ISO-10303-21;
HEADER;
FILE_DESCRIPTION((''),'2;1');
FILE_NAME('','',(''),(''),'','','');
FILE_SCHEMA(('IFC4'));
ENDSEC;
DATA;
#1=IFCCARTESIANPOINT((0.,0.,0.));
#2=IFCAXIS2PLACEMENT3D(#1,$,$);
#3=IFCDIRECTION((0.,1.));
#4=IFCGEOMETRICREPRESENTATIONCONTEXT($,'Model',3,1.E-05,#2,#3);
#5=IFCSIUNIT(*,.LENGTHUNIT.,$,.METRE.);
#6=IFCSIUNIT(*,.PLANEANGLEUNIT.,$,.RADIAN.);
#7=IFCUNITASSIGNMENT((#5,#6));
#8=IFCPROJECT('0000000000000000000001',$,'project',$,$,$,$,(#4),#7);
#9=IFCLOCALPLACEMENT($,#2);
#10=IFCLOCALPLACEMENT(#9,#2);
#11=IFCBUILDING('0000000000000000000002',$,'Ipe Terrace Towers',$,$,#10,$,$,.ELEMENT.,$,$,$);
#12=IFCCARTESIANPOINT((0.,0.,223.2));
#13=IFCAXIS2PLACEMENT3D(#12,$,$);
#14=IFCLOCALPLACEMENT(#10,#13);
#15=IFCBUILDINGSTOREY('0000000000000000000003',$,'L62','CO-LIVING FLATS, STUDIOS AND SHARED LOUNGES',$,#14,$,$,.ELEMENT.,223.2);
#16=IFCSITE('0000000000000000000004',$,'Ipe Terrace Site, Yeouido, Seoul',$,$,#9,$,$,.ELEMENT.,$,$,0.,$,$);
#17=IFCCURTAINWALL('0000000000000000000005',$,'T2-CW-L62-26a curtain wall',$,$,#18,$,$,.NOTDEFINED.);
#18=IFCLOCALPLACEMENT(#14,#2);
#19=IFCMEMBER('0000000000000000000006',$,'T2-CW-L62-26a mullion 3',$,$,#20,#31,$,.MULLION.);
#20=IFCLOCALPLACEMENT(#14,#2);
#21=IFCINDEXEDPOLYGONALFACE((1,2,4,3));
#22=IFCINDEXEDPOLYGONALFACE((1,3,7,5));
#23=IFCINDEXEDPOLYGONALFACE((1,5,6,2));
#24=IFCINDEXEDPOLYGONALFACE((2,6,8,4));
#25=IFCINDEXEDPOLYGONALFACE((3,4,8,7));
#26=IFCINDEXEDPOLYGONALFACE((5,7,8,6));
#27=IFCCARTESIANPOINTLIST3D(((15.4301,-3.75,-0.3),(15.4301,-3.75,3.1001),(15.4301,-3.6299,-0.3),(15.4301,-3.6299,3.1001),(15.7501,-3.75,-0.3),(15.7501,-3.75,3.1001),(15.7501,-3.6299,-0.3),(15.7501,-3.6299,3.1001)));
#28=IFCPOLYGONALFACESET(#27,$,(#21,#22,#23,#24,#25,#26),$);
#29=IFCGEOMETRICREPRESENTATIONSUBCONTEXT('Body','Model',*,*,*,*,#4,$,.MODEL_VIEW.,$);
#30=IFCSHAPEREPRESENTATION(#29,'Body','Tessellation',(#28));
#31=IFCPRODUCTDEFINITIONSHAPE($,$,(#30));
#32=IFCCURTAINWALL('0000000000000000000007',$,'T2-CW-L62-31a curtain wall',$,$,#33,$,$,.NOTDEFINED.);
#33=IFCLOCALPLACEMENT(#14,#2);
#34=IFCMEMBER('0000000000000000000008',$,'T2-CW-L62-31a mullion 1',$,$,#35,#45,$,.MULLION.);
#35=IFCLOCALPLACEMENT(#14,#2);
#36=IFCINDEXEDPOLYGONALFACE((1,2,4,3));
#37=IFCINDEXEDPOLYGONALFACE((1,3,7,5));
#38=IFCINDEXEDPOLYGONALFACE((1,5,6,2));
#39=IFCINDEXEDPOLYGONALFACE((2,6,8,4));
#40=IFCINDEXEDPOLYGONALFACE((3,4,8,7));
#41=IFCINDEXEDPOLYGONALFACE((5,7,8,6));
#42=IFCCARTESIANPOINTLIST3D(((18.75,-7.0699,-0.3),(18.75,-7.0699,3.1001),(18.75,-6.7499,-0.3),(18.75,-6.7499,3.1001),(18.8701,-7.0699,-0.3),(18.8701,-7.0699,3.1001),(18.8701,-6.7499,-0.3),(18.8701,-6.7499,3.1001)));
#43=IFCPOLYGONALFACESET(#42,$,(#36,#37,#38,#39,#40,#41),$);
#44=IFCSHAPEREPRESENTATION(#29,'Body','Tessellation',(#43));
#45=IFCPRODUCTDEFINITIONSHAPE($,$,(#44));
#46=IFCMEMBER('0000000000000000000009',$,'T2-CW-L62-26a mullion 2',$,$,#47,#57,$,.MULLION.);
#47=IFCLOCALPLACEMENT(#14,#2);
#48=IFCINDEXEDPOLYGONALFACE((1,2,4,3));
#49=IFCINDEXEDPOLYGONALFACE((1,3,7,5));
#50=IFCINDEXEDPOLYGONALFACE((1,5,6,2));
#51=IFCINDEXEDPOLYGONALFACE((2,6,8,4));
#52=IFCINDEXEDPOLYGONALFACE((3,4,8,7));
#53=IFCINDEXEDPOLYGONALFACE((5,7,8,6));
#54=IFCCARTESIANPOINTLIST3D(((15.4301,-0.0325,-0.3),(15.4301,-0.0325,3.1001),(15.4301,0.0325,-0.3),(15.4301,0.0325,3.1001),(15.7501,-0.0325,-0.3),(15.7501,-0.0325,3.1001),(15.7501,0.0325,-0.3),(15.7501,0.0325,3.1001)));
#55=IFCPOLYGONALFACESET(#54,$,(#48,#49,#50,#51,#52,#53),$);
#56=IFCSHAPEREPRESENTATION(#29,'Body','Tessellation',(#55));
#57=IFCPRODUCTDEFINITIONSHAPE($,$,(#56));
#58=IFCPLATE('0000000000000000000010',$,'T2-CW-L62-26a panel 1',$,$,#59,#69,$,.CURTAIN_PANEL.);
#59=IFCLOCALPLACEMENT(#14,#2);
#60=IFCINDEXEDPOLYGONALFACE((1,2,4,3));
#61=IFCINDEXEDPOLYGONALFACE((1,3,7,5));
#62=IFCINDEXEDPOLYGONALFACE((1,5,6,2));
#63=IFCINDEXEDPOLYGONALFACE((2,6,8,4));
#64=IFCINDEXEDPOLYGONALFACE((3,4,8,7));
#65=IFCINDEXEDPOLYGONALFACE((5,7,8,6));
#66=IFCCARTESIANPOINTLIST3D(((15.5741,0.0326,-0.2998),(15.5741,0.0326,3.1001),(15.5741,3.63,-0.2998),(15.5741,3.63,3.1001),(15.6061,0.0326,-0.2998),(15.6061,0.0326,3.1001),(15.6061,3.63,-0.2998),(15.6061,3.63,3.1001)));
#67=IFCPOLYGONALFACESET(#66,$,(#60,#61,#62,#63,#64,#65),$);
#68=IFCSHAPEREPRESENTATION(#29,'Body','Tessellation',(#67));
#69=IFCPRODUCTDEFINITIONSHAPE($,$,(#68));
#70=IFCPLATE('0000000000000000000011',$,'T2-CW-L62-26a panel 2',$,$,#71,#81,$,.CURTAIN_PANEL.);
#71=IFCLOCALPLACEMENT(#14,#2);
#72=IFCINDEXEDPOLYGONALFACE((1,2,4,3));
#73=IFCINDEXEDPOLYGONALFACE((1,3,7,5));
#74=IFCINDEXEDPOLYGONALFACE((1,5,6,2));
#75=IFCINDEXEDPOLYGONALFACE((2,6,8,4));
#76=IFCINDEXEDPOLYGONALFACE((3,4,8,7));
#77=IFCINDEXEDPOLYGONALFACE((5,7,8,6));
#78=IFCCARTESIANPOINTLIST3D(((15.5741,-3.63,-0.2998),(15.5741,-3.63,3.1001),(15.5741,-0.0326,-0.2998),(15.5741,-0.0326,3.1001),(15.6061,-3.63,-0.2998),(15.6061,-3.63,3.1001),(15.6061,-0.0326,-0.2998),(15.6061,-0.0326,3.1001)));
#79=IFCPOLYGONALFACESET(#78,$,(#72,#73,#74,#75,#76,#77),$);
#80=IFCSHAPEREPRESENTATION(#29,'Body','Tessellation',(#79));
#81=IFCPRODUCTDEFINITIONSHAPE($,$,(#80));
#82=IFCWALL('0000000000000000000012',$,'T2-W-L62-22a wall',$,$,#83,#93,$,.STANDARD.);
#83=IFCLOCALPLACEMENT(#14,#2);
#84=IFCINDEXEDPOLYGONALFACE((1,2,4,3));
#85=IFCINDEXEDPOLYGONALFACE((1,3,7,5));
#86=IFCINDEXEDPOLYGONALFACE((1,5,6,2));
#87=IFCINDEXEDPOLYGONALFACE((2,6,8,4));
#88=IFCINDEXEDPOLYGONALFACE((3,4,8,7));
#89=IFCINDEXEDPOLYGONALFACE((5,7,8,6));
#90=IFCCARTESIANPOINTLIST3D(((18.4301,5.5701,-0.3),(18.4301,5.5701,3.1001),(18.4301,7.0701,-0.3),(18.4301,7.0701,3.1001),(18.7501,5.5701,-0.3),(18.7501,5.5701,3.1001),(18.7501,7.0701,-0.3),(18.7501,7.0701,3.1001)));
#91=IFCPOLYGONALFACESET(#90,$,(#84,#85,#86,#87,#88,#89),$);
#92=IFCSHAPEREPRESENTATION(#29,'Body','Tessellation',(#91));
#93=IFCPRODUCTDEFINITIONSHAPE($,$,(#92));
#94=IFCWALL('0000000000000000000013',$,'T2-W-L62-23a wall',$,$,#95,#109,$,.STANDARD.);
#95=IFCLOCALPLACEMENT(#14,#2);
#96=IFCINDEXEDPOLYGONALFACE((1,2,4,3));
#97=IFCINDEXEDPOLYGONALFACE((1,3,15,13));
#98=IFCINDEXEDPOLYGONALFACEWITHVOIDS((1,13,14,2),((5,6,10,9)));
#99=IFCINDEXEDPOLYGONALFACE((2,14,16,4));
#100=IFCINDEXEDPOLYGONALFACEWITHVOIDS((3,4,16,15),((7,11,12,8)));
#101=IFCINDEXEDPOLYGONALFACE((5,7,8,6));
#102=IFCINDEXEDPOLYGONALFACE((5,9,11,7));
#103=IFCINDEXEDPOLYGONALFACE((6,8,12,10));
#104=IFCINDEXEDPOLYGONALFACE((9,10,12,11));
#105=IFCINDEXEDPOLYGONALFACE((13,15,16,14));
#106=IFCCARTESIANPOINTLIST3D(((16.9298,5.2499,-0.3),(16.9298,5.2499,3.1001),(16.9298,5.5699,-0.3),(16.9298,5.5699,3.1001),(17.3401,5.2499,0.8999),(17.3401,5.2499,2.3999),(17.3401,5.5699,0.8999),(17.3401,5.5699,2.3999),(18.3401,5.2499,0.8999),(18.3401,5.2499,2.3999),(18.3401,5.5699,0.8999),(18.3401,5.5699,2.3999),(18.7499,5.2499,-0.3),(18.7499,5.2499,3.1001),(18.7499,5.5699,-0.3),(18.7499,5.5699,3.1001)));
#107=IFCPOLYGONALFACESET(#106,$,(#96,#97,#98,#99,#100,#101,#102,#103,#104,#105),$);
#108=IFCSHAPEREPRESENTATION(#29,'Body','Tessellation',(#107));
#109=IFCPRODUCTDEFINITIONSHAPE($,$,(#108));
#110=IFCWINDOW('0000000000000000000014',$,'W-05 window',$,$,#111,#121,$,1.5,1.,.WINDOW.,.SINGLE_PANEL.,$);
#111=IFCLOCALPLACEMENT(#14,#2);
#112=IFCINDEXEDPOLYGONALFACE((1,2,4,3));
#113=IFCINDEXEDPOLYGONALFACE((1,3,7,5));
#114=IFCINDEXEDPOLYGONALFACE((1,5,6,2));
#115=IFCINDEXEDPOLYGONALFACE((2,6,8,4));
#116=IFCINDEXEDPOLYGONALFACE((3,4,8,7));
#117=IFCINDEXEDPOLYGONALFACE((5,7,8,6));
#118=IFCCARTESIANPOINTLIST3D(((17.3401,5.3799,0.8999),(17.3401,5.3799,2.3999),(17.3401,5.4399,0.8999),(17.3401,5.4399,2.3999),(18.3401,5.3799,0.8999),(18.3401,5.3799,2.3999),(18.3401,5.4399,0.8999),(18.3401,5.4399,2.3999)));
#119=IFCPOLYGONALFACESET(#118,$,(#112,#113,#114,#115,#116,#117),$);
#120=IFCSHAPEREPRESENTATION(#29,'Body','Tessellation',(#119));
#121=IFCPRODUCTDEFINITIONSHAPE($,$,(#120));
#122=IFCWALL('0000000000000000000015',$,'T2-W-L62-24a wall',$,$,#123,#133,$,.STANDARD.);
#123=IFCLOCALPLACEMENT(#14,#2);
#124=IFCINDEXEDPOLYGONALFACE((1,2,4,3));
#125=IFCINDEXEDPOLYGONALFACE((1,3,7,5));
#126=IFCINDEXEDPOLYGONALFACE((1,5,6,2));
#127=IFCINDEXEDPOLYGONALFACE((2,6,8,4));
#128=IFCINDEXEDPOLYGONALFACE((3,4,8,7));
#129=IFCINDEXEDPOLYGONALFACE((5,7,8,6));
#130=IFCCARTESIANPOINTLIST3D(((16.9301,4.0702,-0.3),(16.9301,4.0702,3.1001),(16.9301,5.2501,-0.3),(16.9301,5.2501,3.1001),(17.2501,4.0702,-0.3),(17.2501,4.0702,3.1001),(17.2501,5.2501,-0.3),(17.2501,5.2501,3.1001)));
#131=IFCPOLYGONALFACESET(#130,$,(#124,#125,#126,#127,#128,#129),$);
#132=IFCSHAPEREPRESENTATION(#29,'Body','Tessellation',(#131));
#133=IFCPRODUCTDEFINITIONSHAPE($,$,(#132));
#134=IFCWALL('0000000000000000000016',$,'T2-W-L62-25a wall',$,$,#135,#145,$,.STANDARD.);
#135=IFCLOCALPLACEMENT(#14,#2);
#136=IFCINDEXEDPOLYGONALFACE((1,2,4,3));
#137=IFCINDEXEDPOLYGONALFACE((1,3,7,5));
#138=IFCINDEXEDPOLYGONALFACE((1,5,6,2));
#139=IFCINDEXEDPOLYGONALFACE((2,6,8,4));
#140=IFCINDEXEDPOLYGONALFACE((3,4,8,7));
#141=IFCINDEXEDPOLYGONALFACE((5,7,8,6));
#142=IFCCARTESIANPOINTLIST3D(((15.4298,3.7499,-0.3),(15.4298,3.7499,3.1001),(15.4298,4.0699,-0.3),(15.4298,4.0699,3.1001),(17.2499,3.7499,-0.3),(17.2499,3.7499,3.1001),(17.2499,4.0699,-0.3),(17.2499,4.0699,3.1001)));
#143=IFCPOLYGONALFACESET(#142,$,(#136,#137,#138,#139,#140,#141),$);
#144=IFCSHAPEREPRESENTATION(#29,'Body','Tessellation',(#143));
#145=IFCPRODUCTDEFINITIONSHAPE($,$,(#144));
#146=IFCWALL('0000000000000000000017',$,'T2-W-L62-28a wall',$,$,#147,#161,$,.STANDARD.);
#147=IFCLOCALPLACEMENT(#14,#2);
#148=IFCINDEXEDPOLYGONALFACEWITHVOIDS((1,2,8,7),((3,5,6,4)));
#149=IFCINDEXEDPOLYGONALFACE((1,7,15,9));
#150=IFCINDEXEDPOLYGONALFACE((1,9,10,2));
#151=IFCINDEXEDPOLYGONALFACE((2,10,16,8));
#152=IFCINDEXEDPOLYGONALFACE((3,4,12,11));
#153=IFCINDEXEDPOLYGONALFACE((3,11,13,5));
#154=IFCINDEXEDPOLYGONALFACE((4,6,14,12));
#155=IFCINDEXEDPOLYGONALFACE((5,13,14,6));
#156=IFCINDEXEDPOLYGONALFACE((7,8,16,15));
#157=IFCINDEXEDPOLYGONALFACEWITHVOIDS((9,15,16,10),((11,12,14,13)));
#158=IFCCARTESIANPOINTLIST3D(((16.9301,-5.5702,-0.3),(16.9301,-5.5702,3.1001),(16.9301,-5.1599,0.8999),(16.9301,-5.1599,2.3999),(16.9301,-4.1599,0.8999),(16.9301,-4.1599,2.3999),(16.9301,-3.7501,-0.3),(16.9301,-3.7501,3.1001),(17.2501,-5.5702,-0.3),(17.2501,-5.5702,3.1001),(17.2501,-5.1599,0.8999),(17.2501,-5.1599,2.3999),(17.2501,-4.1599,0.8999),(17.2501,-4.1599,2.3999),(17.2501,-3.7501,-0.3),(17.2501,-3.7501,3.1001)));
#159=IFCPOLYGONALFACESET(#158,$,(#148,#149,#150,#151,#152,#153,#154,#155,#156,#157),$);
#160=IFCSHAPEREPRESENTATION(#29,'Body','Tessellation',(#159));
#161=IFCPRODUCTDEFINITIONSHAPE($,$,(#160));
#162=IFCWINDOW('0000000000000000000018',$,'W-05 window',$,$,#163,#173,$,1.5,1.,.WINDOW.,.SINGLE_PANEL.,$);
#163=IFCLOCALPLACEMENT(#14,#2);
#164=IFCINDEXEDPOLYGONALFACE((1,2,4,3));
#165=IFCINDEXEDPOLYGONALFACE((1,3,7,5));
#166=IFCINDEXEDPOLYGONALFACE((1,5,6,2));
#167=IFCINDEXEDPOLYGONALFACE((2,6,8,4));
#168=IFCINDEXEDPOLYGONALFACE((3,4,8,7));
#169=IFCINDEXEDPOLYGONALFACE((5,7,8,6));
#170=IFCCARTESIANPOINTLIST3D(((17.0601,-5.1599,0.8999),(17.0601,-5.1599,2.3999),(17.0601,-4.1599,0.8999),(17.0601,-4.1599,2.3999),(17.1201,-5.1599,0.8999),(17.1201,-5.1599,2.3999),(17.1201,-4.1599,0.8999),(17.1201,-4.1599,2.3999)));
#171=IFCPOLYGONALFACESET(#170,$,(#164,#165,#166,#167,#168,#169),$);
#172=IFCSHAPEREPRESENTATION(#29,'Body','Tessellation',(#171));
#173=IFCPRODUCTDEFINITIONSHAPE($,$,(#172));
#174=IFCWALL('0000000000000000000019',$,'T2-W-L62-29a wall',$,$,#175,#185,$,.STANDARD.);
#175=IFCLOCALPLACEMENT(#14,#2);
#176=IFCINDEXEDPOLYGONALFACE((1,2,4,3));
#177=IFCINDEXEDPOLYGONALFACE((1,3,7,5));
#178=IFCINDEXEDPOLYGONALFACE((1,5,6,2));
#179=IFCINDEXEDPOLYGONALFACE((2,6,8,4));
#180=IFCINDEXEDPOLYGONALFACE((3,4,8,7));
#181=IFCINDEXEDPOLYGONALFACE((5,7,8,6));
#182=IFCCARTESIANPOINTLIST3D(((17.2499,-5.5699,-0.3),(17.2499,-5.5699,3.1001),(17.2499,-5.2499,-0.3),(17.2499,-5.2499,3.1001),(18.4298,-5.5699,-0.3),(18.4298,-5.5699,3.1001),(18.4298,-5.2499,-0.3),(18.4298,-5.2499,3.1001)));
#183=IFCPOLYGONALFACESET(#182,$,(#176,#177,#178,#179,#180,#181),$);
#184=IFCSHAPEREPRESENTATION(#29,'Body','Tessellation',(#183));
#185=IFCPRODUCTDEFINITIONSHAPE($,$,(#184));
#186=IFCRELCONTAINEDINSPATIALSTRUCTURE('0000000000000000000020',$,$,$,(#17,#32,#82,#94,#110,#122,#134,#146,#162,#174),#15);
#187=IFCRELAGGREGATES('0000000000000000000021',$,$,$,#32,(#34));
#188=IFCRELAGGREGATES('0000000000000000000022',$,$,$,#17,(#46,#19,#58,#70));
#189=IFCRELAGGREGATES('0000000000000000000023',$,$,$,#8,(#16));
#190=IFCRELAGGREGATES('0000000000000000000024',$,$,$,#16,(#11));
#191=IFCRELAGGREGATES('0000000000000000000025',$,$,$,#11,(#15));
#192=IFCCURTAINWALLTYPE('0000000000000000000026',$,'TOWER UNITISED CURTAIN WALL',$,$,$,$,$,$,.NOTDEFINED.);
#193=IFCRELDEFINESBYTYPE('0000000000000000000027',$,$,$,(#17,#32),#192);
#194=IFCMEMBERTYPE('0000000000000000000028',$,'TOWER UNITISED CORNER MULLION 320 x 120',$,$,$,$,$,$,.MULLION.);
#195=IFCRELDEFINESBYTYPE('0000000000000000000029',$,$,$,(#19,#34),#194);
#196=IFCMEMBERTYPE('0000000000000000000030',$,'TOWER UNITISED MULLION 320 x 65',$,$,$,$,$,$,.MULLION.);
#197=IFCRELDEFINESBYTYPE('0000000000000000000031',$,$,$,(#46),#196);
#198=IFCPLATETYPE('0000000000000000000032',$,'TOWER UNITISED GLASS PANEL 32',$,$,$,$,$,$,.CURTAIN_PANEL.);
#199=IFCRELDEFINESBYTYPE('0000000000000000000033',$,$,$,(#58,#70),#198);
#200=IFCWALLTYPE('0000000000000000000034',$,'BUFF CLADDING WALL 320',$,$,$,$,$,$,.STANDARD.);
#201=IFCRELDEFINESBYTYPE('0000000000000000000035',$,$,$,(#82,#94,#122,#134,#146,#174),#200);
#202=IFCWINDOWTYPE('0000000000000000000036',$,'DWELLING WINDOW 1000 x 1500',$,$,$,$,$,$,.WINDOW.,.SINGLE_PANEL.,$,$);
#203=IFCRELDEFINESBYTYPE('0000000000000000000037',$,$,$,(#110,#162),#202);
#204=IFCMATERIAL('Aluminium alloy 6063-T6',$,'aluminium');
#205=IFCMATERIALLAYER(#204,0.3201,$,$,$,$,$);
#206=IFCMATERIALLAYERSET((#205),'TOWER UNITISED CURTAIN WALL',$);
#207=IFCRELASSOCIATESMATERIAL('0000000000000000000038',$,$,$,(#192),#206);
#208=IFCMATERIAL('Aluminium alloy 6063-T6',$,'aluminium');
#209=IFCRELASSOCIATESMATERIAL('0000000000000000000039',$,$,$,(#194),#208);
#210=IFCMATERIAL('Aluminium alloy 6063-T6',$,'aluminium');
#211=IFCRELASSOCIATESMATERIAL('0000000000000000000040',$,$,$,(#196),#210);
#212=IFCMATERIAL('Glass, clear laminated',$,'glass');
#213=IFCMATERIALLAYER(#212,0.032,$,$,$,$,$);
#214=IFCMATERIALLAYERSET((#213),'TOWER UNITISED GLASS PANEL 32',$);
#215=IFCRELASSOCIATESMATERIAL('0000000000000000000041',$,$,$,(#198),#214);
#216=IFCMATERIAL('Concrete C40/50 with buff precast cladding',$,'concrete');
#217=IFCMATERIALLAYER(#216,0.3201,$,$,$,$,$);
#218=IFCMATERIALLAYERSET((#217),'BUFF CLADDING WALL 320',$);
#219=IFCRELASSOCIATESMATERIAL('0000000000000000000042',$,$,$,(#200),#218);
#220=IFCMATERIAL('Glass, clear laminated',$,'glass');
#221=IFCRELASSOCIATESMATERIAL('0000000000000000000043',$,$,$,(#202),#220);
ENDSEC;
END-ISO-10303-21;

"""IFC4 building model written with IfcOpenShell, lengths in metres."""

from ifc_helpers import new_model, si_unit, direction, frame, frame_2d, origin, origin_2d, place, context, subcontext, project, spatial, rectangle, extrude, material, layer, layer_set, material_profile, profile_set, type_object, element, fill, aggregate, save


model = new_model("IFC4")

# Units and contexts
model_context = context("Model", 3, precision=1e-05, world=origin(), true_north=direction((0.0, 1.0)))
body_context = subcontext(model_context, "Body", "Model", "MODEL_VIEW")
ifc_project = project(units=[si_unit("LENGTHUNIT", "METRE"), si_unit("PLANEANGLEUNIT", "RADIAN")], contexts=[model_context])

# Site, building, storey
site_placement = place(None, origin())
site = spatial("IfcSite", under=ifc_project, at=site_placement, Name="Ipe Terrace Site, Yeouido, Seoul", CompositionType="ELEMENT", RefElevation=0.0)
building_placement = place(site_placement, origin())
building = spatial("IfcBuilding", under=site, at=building_placement, Name="Ipe Terrace Towers", CompositionType="ELEMENT")
storey_placement = place(building_placement, frame((0.0, 0.0, 223.2)))
storey = spatial("IfcBuildingStorey", under=building, at=storey_placement, Name="L62", Description="CO-LIVING FLATS, STUDIOS AND SHARED LOUNGES", CompositionType="ELEMENT", Elevation=223.2)

# Shared definitions
ifc_material_1 = material(Name="Aluminium alloy 6063-T6", Category="aluminium")
ifc_layer_1 = layer(ifc_material_1, 0.3201)
ifc_layer_set_1 = layer_set([ifc_layer_1], Name="TOWER UNITISED CURTAIN WALL")
curtain_wall_type = type_object("IfcCurtainWallType", Name="TOWER UNITISED CURTAIN WALL", PredefinedType="NOTDEFINED", material=ifc_layer_set_1)
ifc_material_2 = material(Name="Aluminium alloy 6063-T6", Category="aluminium")
ifc_material_profile_1 = material_profile(ifc_material_2, rectangle(XDim=0.3201, YDim=0.1201, at=origin_2d()), Name="TOWER UNITISED CORNER MULLION 320 x 120")
ifc_profile_set_1 = profile_set([ifc_material_profile_1], Name="Aluminium alloy 6063-T6")
member_type_1 = type_object("IfcMemberType", Name="TOWER UNITISED CORNER MULLION 320 x 120", PredefinedType="MULLION", material=ifc_profile_set_1)

# Curtain wall, member
curtain_wall_1_placement = place(storey_placement, origin())
curtain_wall_1 = element("IfcCurtainWall", 1, at=curtain_wall_1_placement, inside=storey, type_object=curtain_wall_type, Name="T2-CW-L62-26a curtain wall", PredefinedType="NOTDEFINED")
member_1_placement = place(storey_placement, frame((15.5901, -3.6899, -0.3), z_axis=(0.0, 0.0, 1.0), x_axis=(-1.0, 0.0, 0.0)))
member_1 = element("IfcMember", 2, at=member_1_placement, type_object=member_type_1, Name="T2-CW-L62-26a mullion 3", PredefinedType="MULLION", context=body_context, shape_type="SweptSolid", body=[
    extrude(rectangle(XDim=0.3201, YDim=0.1201, at=origin_2d()), origin(), (0.0, 0.0, 1.0), 3.4001),
])

# Curtain wall, member
curtain_wall_2_placement = place(storey_placement, origin())
curtain_wall_2 = element("IfcCurtainWall", 3, at=curtain_wall_2_placement, inside=storey, type_object=curtain_wall_type, Name="T2-CW-L62-31a curtain wall", PredefinedType="NOTDEFINED")
member_2_placement = place(storey_placement, frame((18.8101, -6.9099, -0.3), z_axis=(0.0, 0.0, 1.0), x_axis=(0.0, -1.0, 0.0)))
member_2 = element("IfcMember", 4, at=member_2_placement, type_object=member_type_1, Name="T2-CW-L62-31a mullion 1", PredefinedType="MULLION", context=body_context, shape_type="SweptSolid", body=[
    extrude(rectangle(XDim=0.3201, YDim=0.1201, at=origin_2d()), origin(), (0.0, 0.0, 1.0), 3.4001),
])
aggregate(curtain_wall_2, [member_2])

# Member
ifc_material_3 = material(Name="Aluminium alloy 6063-T6", Category="aluminium")
ifc_material_profile_2 = material_profile(ifc_material_3, rectangle(XDim=0.3201, YDim=0.0649, at=origin_2d()), Name="TOWER UNITISED MULLION 320 x 65")
ifc_profile_set_2 = profile_set([ifc_material_profile_2], Name="Aluminium alloy 6063-T6")
member_type_2 = type_object("IfcMemberType", Name="TOWER UNITISED MULLION 320 x 65", PredefinedType="MULLION", material=ifc_profile_set_2)
member_3_placement = place(storey_placement, frame((15.5901, 0.0, -0.3), z_axis=(0.0, 0.0, 1.0), x_axis=(-1.0, 0.0, 0.0)))
member_3 = element("IfcMember", 5, at=member_3_placement, type_object=member_type_2, Name="T2-CW-L62-26a mullion 2", PredefinedType="MULLION", context=body_context, shape_type="SweptSolid", body=[
    extrude(rectangle(XDim=0.3201, YDim=0.0649, at=origin_2d()), origin(), (0.0, 0.0, 1.0), 3.4001),
])

# Plates
ifc_material_4 = material(Name="Glass, clear laminated", Category="glass")
ifc_layer_2 = layer(ifc_material_4, 0.032)
ifc_layer_set_2 = layer_set([ifc_layer_2], Name="TOWER UNITISED GLASS PANEL 32")
plate_type = type_object("IfcPlateType", Name="TOWER UNITISED GLASS PANEL 32", PredefinedType="CURTAIN_PANEL", material=ifc_layer_set_2)
plate_1_placement = place(storey_placement, frame((15.5901, 1.8313, -0.2998), z_axis=(0.0, 0.0, 1.0), x_axis=(0.0, -1.0, 0.0)))
plate_1 = element("IfcPlate", 6, at=plate_1_placement, type_object=plate_type, Name="T2-CW-L62-26a panel 1", PredefinedType="CURTAIN_PANEL", context=body_context, shape_type="SweptSolid", body=[
    extrude(rectangle(XDim=3.5974, YDim=0.032, at=origin_2d()), origin(), (0.0, 0.0, 1.0), 3.3999),
])
plate_2_placement = place(storey_placement, frame((15.5901, -1.8313, -0.2998), z_axis=(0.0, 0.0, 1.0), x_axis=(0.0, -1.0, 0.0)))
plate_2 = element("IfcPlate", 7, at=plate_2_placement, type_object=plate_type, Name="T2-CW-L62-26a panel 2", PredefinedType="CURTAIN_PANEL", context=body_context, shape_type="SweptSolid", body=[
    extrude(rectangle(XDim=3.5974, YDim=0.032, at=origin_2d()), origin(), (0.0, 0.0, 1.0), 3.3999),
])
aggregate(curtain_wall_1, [member_3, member_1, plate_1, plate_2])

# Wall
ifc_material_5 = material(Name="Concrete C40/50 with buff precast cladding", Category="concrete")
ifc_layer_3 = layer(ifc_material_5, 0.3201)
ifc_layer_set_3 = layer_set([ifc_layer_3], Name="BUFF CLADDING WALL 320")
wall_type = type_object("IfcWallType", Name="BUFF CLADDING WALL 320", PredefinedType="STANDARD", material=ifc_layer_set_3)
wall_1_placement = place(storey_placement, frame((18.5901, 7.0701, -0.3), z_axis=(0.0, 0.0, 1.0), x_axis=(0.0, -1.0, 0.0)))
element("IfcWall", 8, at=wall_1_placement, inside=storey, type_object=wall_type, Name="T2-W-L62-22a wall", PredefinedType="STANDARD", context=body_context, shape_type="SweptSolid", body=[
    extrude(rectangle(XDim=1.5, YDim=0.3201, at=frame_2d((0.75, 0.0))), origin(), (0.0, 0.0, 1.0), 3.4001),
])

# Wall, opening, window
wall_2_placement = place(storey_placement, frame((18.75, 5.4099, -0.3), z_axis=(0.0, 0.0, 1.0), x_axis=(-1.0, 0.0, 0.0)))
wall_2 = element("IfcWall", 9, at=wall_2_placement, inside=storey, type_object=wall_type, Name="T2-W-L62-23a wall", PredefinedType="STANDARD", context=body_context, shape_type="SweptSolid", body=[
    extrude(rectangle(XDim=1.8201, YDim=0.3201, at=frame_2d((0.9102, 0.0))), origin(), (0.0, 0.0, 1.0), 3.4001),
])
opening_1_placement = place(wall_2_placement, frame((0.4099, 0.0, 1.2)))
opening_1 = element("IfcOpeningElement", 10, at=opening_1_placement, cuts=wall_2, PredefinedType="OPENING", context=body_context, shape_type="SweptSolid", body=[
    extrude(rectangle(XDim=1.0, YDim=1.5, at=frame_2d((0.5, 0.75))), frame((0.0, 0.1699, 0.0), z_axis=(0.0, -1.0, 0.0), x_axis=(1.0, 0.0, 0.0)), (0.0, 0.0, 1.0), 0.3401),
])
ifc_material_6 = material(Name="Glass, clear laminated", Category="glass")
window_type = type_object("IfcWindowType", Name="DWELLING WINDOW 1000 x 1500", PartitioningType="SINGLE_PANEL", PredefinedType="WINDOW", material=ifc_material_6)
window_1_placement = place(opening_1_placement, origin())
window_1 = element("IfcWindow", 11, at=window_1_placement, inside=storey, type_object=window_type, Name="W-05 window", OverallHeight=1.5, OverallWidth=1.0, PartitioningType="SINGLE_PANEL", PredefinedType="WINDOW", context=body_context, shape_type="SweptSolid", body=[
    extrude(rectangle(XDim=1.0, YDim=1.5, at=frame_2d((0.5, 0.75))), frame((0.0, 0.03, 0.0), z_axis=(0.0, -1.0, 0.0), x_axis=(1.0, 0.0, 0.0)), (0.0, 0.0, 1.0), 0.0601),
])
fill(opening_1, window_1)

# Walls
wall_3_placement = place(storey_placement, frame((17.0901, 5.25, -0.3), z_axis=(0.0, 0.0, 1.0), x_axis=(0.0, -1.0, 0.0)))
element("IfcWall", 12, at=wall_3_placement, inside=storey, type_object=wall_type, Name="T2-W-L62-24a wall", PredefinedType="STANDARD", context=body_context, shape_type="SweptSolid", body=[
    extrude(rectangle(XDim=1.1799, YDim=0.3201, at=frame_2d((0.5898, 0.0))), origin(), (0.0, 0.0, 1.0), 3.4001),
])
wall_4_placement = place(storey_placement, frame((17.25, 3.9099, -0.3), z_axis=(0.0, 0.0, 1.0), x_axis=(-1.0, 0.0, 0.0)))
element("IfcWall", 13, at=wall_4_placement, inside=storey, type_object=wall_type, Name="T2-W-L62-25a wall", PredefinedType="STANDARD", context=body_context, shape_type="SweptSolid", body=[
    extrude(rectangle(XDim=1.8201, YDim=0.3201, at=frame_2d((0.9102, 0.0))), origin(), (0.0, 0.0, 1.0), 3.4001),
])

# Wall, opening, window
wall_5_placement = place(storey_placement, frame((17.0901, -3.75, -0.3), z_axis=(0.0, 0.0, 1.0), x_axis=(0.0, -1.0, 0.0)))
wall_5 = element("IfcWall", 14, at=wall_5_placement, inside=storey, type_object=wall_type, Name="T2-W-L62-28a wall", PredefinedType="STANDARD", context=body_context, shape_type="SweptSolid", body=[
    extrude(rectangle(XDim=1.8201, YDim=0.3201, at=frame_2d((0.9102, 0.0))), origin(), (0.0, 0.0, 1.0), 3.4001),
])
opening_2_placement = place(wall_5_placement, frame((0.4099, 0.0, 1.2)))
opening_2 = element("IfcOpeningElement", 15, at=opening_2_placement, cuts=wall_5, PredefinedType="OPENING", context=body_context, shape_type="SweptSolid", body=[
    extrude(rectangle(XDim=1.0, YDim=1.5, at=frame_2d((0.5, 0.75))), frame((0.0, 0.1699, 0.0), z_axis=(0.0, -1.0, 0.0), x_axis=(1.0, 0.0, 0.0)), (0.0, 0.0, 1.0), 0.3401),
])
window_2_placement = place(opening_2_placement, origin())
window_2 = element("IfcWindow", 16, at=window_2_placement, inside=storey, type_object=window_type, Name="W-05 window", OverallHeight=1.5, OverallWidth=1.0, PartitioningType="SINGLE_PANEL", PredefinedType="WINDOW", context=body_context, shape_type="SweptSolid", body=[
    extrude(rectangle(XDim=1.0, YDim=1.5, at=frame_2d((0.5, 0.75))), frame((0.0, 0.03, 0.0), z_axis=(0.0, -1.0, 0.0), x_axis=(1.0, 0.0, 0.0)), (0.0, 0.0, 1.0), 0.0601),
])
fill(opening_2, window_2)

# Wall
wall_6_placement = place(storey_placement, frame((17.25, -5.4099, -0.3), z_axis=(0.0, 0.0, 1.0), x_axis=(1.0, 0.0, 0.0)))
element("IfcWall", 17, at=wall_6_placement, inside=storey, type_object=wall_type, Name="T2-W-L62-29a wall", PredefinedType="STANDARD", context=body_context, shape_type="SweptSolid", body=[
    extrude(rectangle(XDim=1.1799, YDim=0.3201, at=frame_2d((0.5898, 0.0))), origin(), (0.0, 0.0, 1.0), 3.4001),
])

save(model, "model.ifc")
